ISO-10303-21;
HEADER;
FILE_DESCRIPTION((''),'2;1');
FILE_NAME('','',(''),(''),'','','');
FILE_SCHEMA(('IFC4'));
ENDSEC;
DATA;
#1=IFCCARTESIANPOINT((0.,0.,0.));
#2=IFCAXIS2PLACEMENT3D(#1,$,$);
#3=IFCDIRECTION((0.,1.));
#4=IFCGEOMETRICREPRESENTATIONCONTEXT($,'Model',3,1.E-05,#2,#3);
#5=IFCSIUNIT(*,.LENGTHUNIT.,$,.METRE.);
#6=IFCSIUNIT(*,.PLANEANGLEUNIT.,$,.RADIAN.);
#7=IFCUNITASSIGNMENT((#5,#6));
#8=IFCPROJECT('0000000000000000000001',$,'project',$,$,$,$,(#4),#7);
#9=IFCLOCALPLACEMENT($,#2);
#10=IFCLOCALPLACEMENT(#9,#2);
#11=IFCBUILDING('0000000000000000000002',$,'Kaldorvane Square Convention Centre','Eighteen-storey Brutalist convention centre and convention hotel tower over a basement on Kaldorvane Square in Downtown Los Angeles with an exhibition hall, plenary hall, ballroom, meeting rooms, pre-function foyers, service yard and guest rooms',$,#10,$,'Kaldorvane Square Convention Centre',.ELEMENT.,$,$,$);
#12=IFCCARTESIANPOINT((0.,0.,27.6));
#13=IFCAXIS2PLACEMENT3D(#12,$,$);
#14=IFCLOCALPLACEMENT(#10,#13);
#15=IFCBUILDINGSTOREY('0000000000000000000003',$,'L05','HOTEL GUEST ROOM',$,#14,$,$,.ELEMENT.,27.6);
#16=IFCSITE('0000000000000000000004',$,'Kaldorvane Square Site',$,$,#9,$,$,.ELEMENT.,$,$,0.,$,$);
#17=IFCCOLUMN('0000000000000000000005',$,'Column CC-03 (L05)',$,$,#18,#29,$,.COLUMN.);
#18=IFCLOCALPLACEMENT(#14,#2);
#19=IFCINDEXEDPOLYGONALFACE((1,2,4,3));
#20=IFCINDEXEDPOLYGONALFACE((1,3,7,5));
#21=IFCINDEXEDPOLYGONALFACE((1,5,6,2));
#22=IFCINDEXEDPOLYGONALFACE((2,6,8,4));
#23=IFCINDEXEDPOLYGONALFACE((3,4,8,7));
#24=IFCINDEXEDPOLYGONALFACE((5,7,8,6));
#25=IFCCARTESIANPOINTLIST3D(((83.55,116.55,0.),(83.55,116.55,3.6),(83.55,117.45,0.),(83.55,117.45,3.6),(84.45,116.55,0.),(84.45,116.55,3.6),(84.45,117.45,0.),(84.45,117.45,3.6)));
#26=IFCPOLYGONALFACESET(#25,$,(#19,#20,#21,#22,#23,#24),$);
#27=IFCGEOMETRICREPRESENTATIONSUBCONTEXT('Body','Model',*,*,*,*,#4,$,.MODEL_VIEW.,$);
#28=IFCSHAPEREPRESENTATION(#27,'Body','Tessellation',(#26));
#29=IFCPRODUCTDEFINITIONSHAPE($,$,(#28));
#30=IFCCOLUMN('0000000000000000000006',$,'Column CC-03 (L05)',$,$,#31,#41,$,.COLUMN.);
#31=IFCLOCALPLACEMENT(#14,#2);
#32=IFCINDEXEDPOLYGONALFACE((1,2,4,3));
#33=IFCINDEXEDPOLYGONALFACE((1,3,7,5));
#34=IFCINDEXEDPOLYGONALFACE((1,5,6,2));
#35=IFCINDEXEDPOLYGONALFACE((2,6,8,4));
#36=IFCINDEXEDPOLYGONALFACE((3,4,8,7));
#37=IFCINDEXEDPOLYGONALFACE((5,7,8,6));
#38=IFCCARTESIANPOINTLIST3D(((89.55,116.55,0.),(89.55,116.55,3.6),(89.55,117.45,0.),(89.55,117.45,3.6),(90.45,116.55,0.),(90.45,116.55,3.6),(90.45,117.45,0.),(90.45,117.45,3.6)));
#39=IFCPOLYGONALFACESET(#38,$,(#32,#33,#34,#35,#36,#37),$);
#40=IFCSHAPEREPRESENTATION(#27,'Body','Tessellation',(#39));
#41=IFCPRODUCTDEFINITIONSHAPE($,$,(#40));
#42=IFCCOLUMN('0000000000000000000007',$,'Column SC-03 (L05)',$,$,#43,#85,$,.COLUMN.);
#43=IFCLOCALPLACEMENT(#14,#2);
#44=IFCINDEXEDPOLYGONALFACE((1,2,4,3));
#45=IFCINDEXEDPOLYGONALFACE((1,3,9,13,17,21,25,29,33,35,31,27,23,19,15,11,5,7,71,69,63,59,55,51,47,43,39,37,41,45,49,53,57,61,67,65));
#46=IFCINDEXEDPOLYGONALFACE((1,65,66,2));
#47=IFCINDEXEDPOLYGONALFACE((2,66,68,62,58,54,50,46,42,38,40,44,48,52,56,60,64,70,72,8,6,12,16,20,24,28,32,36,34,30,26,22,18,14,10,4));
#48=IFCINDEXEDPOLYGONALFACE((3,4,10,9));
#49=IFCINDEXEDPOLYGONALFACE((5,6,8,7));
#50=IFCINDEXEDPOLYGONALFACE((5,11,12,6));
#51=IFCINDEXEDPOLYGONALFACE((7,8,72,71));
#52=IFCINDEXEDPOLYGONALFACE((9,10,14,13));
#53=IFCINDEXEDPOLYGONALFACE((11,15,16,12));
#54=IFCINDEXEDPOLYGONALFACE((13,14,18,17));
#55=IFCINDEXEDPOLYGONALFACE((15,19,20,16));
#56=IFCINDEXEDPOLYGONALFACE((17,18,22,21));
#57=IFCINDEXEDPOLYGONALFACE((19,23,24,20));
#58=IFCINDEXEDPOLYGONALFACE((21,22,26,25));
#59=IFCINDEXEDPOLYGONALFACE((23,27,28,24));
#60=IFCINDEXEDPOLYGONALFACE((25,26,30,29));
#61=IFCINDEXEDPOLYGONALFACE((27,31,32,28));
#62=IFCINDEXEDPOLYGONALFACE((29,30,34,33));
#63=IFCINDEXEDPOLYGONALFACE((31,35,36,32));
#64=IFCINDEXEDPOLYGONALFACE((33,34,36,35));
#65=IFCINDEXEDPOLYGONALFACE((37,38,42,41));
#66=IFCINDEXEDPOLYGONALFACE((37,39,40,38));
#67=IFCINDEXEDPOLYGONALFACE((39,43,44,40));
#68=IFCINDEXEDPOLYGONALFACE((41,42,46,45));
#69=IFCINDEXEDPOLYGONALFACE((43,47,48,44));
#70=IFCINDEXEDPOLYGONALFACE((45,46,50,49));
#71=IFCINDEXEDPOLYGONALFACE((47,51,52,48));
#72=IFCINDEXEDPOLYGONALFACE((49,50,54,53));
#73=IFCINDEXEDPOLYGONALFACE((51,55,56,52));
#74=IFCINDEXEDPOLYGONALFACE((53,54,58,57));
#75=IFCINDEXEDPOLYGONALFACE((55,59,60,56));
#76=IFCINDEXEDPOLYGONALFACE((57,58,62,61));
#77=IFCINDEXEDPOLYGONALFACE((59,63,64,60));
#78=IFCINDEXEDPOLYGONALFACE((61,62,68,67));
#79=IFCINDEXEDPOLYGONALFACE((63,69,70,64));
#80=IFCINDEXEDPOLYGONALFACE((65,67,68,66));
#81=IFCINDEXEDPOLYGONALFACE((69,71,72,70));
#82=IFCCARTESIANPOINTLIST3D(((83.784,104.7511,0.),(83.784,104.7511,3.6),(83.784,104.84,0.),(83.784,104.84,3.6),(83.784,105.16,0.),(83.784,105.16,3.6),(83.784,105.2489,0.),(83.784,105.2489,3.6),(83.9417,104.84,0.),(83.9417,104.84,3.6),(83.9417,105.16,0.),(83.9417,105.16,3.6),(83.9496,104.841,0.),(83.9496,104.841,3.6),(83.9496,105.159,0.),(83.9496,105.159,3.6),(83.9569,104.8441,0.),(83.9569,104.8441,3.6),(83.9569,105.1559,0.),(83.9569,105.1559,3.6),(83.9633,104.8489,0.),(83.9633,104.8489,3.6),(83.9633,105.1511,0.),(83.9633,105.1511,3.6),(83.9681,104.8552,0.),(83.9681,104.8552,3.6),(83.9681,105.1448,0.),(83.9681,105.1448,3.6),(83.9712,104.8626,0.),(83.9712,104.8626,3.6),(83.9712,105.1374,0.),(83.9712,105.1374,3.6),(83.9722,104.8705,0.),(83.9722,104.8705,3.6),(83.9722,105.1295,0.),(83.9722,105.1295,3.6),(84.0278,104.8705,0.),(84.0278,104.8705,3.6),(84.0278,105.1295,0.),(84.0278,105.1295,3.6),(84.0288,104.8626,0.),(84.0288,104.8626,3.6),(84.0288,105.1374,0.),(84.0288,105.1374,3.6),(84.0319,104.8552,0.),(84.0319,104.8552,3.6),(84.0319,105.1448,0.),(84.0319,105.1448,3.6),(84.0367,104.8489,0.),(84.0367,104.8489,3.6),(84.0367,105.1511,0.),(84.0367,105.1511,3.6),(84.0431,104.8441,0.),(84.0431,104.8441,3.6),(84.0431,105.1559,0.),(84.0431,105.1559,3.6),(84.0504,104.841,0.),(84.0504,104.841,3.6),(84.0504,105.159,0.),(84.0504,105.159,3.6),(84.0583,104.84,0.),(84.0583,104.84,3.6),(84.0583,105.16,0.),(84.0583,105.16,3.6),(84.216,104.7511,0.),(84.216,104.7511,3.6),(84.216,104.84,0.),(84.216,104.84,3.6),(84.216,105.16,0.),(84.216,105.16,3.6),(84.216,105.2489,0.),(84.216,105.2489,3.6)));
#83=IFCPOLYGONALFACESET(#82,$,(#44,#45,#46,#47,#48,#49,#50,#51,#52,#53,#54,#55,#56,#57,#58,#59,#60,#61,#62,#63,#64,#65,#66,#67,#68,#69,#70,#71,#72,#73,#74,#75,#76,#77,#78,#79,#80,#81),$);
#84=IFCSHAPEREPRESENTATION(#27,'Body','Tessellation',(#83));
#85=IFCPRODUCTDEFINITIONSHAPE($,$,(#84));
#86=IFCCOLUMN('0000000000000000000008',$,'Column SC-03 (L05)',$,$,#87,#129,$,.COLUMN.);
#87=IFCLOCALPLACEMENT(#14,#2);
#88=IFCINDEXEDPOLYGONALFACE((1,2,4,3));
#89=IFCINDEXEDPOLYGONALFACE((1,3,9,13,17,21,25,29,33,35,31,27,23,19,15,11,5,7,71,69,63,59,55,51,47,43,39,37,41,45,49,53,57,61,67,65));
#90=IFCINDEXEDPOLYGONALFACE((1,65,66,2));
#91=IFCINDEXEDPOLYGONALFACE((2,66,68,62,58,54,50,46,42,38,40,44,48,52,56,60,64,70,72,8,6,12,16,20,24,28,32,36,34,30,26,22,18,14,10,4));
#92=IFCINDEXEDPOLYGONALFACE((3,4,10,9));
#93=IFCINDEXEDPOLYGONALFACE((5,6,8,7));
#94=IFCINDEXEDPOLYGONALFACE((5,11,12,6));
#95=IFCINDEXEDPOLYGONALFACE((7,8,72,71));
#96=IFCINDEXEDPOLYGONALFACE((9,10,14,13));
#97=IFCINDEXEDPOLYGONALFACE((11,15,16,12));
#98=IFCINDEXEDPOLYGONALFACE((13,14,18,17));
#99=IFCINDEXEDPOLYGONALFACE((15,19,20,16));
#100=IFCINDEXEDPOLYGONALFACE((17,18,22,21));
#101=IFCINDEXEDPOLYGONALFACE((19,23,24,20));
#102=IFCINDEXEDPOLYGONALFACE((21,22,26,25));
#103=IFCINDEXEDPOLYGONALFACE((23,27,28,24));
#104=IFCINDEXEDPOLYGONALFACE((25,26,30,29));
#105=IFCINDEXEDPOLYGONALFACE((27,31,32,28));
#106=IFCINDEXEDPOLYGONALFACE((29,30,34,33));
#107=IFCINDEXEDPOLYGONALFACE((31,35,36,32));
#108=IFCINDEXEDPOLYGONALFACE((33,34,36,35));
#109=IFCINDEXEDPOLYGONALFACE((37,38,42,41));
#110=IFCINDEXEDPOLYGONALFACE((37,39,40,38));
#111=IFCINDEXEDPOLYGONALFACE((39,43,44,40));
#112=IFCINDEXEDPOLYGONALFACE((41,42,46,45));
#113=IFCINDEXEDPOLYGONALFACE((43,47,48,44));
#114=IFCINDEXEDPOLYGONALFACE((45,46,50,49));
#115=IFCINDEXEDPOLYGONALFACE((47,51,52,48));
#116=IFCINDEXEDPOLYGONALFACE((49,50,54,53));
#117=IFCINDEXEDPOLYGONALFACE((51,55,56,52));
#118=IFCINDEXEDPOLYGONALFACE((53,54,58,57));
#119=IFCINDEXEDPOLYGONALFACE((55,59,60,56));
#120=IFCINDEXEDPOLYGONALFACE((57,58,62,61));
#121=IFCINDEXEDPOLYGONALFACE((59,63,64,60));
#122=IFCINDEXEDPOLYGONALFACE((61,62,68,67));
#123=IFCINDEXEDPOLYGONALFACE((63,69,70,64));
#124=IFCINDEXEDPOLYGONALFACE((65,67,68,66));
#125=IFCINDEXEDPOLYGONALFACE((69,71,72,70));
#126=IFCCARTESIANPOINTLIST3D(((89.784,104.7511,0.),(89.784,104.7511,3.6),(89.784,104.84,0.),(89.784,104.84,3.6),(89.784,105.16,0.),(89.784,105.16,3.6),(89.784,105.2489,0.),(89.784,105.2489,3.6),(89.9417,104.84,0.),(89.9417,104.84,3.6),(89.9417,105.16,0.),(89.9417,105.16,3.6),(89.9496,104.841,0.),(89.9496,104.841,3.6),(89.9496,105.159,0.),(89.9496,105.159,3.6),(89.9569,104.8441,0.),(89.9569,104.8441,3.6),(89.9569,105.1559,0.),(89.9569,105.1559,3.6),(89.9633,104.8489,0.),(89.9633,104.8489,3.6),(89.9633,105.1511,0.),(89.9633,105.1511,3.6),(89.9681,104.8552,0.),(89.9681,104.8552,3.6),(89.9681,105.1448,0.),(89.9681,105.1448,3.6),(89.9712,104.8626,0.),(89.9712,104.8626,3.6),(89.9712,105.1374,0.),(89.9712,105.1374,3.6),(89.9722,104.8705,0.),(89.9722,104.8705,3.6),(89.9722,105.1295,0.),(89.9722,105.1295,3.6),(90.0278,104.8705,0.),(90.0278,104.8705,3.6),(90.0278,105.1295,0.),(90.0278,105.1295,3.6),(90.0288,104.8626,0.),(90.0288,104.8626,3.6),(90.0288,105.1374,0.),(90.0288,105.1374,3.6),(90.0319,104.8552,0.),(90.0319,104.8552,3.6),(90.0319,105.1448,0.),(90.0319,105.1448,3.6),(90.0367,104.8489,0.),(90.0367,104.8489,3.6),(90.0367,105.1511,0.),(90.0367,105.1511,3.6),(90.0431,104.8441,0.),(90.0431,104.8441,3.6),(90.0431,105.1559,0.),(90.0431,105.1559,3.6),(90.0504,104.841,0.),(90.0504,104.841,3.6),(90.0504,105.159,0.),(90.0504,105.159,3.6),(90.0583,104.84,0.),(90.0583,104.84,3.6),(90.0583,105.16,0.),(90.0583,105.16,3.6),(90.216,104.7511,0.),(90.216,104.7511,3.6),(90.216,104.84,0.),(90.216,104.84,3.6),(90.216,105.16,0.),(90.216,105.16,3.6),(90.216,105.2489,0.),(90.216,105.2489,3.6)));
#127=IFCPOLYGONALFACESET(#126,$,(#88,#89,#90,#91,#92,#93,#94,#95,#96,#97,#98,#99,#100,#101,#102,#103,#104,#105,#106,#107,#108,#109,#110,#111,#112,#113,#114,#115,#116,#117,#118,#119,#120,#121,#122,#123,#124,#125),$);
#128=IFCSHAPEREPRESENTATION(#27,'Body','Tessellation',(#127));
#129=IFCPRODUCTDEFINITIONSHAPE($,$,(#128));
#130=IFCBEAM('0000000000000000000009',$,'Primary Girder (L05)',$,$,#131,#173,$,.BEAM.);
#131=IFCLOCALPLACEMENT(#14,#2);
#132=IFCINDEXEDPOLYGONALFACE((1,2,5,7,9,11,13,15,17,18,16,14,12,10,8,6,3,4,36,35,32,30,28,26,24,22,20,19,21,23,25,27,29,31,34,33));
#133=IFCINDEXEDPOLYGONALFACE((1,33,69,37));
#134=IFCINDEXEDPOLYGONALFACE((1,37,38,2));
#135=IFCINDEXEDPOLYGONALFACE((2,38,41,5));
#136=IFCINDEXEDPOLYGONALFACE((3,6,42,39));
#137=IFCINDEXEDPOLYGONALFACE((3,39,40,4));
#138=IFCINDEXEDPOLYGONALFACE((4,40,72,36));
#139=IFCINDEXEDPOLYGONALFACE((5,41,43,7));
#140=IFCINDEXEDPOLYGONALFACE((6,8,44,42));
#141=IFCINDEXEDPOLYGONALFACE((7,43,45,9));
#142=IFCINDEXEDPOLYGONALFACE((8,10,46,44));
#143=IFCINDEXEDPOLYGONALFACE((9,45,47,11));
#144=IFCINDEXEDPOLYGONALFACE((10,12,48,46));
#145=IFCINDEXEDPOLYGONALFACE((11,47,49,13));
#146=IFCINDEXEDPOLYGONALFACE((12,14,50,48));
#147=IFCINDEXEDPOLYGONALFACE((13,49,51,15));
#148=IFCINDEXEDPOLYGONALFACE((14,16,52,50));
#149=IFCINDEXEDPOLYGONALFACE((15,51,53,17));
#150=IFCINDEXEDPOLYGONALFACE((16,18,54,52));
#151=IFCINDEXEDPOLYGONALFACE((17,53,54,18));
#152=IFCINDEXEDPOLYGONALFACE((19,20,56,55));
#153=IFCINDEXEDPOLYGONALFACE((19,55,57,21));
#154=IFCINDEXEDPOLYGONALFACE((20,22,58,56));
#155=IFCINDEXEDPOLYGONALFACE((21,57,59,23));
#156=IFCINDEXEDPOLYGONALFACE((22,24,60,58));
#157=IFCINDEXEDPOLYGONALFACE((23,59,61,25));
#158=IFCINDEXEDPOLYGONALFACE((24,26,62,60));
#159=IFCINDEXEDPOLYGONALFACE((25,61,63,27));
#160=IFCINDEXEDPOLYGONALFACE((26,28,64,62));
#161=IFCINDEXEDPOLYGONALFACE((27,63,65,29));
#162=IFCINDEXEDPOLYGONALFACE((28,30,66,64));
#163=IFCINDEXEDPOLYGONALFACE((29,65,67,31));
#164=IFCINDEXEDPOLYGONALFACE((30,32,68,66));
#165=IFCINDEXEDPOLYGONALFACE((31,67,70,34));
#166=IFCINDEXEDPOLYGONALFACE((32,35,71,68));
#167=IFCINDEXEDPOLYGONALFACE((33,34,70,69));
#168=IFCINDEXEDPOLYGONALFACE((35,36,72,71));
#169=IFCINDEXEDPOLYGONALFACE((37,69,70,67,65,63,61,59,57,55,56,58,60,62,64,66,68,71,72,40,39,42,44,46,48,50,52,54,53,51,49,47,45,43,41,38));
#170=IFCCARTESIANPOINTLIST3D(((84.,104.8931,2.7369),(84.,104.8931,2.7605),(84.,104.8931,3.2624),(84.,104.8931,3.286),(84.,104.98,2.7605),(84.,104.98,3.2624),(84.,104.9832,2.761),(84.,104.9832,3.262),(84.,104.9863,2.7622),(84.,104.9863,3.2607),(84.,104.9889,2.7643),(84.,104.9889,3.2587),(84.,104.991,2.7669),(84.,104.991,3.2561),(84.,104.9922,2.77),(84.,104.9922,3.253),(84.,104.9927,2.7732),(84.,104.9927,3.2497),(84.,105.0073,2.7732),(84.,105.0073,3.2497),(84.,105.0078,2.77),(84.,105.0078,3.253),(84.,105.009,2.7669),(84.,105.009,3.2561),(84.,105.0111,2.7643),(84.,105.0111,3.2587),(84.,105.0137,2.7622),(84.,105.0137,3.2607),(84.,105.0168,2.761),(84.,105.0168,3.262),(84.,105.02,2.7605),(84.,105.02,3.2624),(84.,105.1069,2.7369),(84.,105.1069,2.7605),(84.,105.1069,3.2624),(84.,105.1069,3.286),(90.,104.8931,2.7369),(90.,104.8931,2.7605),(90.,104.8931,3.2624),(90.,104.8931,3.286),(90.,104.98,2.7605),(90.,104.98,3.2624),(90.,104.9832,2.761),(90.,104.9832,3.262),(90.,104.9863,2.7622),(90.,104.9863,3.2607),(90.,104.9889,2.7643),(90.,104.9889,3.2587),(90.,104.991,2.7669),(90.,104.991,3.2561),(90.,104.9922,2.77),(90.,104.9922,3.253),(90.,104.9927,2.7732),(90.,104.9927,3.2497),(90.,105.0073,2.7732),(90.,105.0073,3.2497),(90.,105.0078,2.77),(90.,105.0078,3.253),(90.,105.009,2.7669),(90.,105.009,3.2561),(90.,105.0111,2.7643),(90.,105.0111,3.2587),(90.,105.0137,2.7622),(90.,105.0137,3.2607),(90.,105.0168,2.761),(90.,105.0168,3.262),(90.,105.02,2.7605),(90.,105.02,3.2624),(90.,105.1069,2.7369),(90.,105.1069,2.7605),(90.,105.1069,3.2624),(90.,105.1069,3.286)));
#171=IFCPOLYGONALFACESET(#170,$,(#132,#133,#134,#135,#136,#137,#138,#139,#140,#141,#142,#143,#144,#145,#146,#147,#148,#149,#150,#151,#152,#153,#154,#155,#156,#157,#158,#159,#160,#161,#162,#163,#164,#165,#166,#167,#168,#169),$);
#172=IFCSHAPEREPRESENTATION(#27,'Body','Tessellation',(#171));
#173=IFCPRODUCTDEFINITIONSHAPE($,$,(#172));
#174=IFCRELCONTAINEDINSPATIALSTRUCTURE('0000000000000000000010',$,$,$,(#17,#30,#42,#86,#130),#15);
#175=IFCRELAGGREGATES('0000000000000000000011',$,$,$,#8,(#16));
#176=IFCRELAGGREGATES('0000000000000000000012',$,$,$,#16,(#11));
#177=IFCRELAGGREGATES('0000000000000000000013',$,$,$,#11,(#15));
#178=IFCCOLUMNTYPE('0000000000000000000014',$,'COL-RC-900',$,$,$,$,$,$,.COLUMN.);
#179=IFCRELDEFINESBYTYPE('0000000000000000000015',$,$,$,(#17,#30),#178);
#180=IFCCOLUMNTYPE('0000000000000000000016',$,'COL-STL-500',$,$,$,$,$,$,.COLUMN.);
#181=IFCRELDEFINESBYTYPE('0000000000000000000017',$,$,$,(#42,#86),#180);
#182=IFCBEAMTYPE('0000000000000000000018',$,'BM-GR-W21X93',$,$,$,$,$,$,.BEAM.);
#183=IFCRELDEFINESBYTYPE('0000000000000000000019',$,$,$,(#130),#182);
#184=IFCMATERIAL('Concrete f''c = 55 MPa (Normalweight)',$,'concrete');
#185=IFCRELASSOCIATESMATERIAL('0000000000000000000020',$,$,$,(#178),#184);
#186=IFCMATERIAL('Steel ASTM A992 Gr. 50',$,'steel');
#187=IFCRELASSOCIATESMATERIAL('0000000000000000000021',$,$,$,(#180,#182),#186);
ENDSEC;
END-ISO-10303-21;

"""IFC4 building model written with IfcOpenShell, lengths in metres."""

from ifc_helpers import new_model, si_unit, direction, frame, origin, origin_2d, place, context, subcontext, project, spatial, rectangle, i_section, extrude, material, material_profile, profile_set, type_object, element, save


model = new_model("IFC4")

# Units and contexts
model_context = context("Model", 3, precision=1e-05, world=origin(), true_north=direction((0.0, 1.0)))
body_context = subcontext(model_context, "Body", "Model", "MODEL_VIEW")
ifc_project = project(units=[si_unit("LENGTHUNIT", "METRE"), si_unit("PLANEANGLEUNIT", "RADIAN")], contexts=[model_context])

# Site, building, storey
site_placement = place(None, origin())
site = spatial("IfcSite", under=ifc_project, at=site_placement, Name="Kaldorvane Square Site", CompositionType="ELEMENT", RefElevation=0.0)
building_placement = place(site_placement, origin())
building = spatial("IfcBuilding", under=site, at=building_placement, Name="Kaldorvane Square Convention Centre", Description="Eighteen-storey Brutalist convention centre and convention hotel tower over a basement on Kaldorvane Square in Downtown Los Angeles with an exhibition hall, plenary hall, ballroom, meeting rooms, pre-function foyers, service yard and guest rooms", LongName="Kaldorvane Square Convention Centre", CompositionType="ELEMENT")
storey_placement = place(building_placement, frame((0.0, 0.0, 27.6)))
storey = spatial("IfcBuildingStorey", under=building, at=storey_placement, Name="L05", Description="HOTEL GUEST ROOM", CompositionType="ELEMENT", Elevation=27.6)

# Columns
ifc_material_1 = material(Name="Concrete f'c = 55 MPa (Normalweight)", Category="concrete")
ifc_material_profile_1 = material_profile(ifc_material_1, rectangle(XDim=0.9, YDim=0.9, at=origin_2d()), Name="RC900X900")
ifc_profile_set_1 = profile_set([ifc_material_profile_1], Name="Concrete f'c = 55 MPa (Normalweight)")
column_type_1 = type_object("IfcColumnType", Name="COL-RC-900", PredefinedType="COLUMN", material=ifc_profile_set_1)
for number, where, z_axis, x_axis, name in (
    (1, (84.0, 117.0, 0.0), (0.0, 0.0, 1.0), (1.0, 0.0, 0.0), "Column CC-03 (L05)"),
    (2, (90.0, 117.0, 0.0), (0.0, 0.0, 1.0), (1.0, 0.0, 0.0), "Column CC-03 (L05)"),
):
    element("IfcColumn", number, at=place(storey_placement, frame(where, z_axis=z_axis, x_axis=x_axis)), inside=storey, type_object=column_type_1, Name=name, PredefinedType="COLUMN", context=body_context, shape_type="SweptSolid", body=[
        extrude(rectangle(XDim=0.9, YDim=0.9, at=origin_2d()), origin(), (0.0, 0.0, 1.0), 3.6),
    ])
ifc_material_2 = material(Name="Steel ASTM A992 Gr. 50", Category="steel")
ifc_material_profile_2 = material_profile(ifc_material_2, i_section(OverallWidth=0.4321, OverallDepth=0.4978, WebThickness=0.0556, FlangeThickness=0.0889, FilletRadius=0.0305, at=origin_2d()), Name="W14X500")
ifc_profile_set_2 = profile_set([ifc_material_profile_2], Name="Steel ASTM A992 Gr. 50")
column_type_2 = type_object("IfcColumnType", Name="COL-STL-500", PredefinedType="COLUMN", material=ifc_profile_set_2)
for number, where, z_axis, x_axis, name in (
    (3, (84.0, 105.0, 0.0), (0.0, 0.0, 1.0), (1.0, 0.0, 0.0), "Column SC-03 (L05)"),
    (4, (90.0, 105.0, 0.0), (0.0, 0.0, 1.0), (1.0, 0.0, 0.0), "Column SC-03 (L05)"),
):
    element("IfcColumn", number, at=place(storey_placement, frame(where, z_axis=z_axis, x_axis=x_axis)), inside=storey, type_object=column_type_2, Name=name, PredefinedType="COLUMN", context=body_context, shape_type="SweptSolid", body=[
        extrude(i_section(OverallWidth=0.4321, OverallDepth=0.4978, WebThickness=0.0556, FlangeThickness=0.0889, FilletRadius=0.0305, at=origin_2d()), origin(), (0.0, 0.0, 1.0), 3.6),
    ])

# Beam
ifc_material_profile_3 = material_profile(ifc_material_2, i_section(OverallWidth=0.2139, OverallDepth=0.5491, WebThickness=0.0147, FlangeThickness=0.0236, FilletRadius=0.0127, at=origin_2d()), Name="W21X93")
ifc_profile_set_3 = profile_set([ifc_material_profile_3], Name="Steel ASTM A992 Gr. 50")
beam_type_1 = type_object("IfcBeamType", Name="BM-GR-W21X93", PredefinedType="BEAM", material=ifc_profile_set_3)
for number, where, z_axis, x_axis, name in (
    (5, (84.0, 105.0, 3.0115), (1.0, 0.0, 0.0), (0.0, 1.0, 0.0), "Primary Girder (L05)"),
):
    element("IfcBeam", number, at=place(storey_placement, frame(where, z_axis=z_axis, x_axis=x_axis)), inside=storey, type_object=beam_type_1, Name=name, PredefinedType="BEAM", context=body_context, shape_type="SweptSolid", body=[
        extrude(i_section(OverallWidth=0.2139, OverallDepth=0.5491, WebThickness=0.0147, FlangeThickness=0.0236, FilletRadius=0.0127, at=origin_2d()), origin(), (0.0, 0.0, 1.0), 6.0),
    ])

save(model, "model.ifc")
